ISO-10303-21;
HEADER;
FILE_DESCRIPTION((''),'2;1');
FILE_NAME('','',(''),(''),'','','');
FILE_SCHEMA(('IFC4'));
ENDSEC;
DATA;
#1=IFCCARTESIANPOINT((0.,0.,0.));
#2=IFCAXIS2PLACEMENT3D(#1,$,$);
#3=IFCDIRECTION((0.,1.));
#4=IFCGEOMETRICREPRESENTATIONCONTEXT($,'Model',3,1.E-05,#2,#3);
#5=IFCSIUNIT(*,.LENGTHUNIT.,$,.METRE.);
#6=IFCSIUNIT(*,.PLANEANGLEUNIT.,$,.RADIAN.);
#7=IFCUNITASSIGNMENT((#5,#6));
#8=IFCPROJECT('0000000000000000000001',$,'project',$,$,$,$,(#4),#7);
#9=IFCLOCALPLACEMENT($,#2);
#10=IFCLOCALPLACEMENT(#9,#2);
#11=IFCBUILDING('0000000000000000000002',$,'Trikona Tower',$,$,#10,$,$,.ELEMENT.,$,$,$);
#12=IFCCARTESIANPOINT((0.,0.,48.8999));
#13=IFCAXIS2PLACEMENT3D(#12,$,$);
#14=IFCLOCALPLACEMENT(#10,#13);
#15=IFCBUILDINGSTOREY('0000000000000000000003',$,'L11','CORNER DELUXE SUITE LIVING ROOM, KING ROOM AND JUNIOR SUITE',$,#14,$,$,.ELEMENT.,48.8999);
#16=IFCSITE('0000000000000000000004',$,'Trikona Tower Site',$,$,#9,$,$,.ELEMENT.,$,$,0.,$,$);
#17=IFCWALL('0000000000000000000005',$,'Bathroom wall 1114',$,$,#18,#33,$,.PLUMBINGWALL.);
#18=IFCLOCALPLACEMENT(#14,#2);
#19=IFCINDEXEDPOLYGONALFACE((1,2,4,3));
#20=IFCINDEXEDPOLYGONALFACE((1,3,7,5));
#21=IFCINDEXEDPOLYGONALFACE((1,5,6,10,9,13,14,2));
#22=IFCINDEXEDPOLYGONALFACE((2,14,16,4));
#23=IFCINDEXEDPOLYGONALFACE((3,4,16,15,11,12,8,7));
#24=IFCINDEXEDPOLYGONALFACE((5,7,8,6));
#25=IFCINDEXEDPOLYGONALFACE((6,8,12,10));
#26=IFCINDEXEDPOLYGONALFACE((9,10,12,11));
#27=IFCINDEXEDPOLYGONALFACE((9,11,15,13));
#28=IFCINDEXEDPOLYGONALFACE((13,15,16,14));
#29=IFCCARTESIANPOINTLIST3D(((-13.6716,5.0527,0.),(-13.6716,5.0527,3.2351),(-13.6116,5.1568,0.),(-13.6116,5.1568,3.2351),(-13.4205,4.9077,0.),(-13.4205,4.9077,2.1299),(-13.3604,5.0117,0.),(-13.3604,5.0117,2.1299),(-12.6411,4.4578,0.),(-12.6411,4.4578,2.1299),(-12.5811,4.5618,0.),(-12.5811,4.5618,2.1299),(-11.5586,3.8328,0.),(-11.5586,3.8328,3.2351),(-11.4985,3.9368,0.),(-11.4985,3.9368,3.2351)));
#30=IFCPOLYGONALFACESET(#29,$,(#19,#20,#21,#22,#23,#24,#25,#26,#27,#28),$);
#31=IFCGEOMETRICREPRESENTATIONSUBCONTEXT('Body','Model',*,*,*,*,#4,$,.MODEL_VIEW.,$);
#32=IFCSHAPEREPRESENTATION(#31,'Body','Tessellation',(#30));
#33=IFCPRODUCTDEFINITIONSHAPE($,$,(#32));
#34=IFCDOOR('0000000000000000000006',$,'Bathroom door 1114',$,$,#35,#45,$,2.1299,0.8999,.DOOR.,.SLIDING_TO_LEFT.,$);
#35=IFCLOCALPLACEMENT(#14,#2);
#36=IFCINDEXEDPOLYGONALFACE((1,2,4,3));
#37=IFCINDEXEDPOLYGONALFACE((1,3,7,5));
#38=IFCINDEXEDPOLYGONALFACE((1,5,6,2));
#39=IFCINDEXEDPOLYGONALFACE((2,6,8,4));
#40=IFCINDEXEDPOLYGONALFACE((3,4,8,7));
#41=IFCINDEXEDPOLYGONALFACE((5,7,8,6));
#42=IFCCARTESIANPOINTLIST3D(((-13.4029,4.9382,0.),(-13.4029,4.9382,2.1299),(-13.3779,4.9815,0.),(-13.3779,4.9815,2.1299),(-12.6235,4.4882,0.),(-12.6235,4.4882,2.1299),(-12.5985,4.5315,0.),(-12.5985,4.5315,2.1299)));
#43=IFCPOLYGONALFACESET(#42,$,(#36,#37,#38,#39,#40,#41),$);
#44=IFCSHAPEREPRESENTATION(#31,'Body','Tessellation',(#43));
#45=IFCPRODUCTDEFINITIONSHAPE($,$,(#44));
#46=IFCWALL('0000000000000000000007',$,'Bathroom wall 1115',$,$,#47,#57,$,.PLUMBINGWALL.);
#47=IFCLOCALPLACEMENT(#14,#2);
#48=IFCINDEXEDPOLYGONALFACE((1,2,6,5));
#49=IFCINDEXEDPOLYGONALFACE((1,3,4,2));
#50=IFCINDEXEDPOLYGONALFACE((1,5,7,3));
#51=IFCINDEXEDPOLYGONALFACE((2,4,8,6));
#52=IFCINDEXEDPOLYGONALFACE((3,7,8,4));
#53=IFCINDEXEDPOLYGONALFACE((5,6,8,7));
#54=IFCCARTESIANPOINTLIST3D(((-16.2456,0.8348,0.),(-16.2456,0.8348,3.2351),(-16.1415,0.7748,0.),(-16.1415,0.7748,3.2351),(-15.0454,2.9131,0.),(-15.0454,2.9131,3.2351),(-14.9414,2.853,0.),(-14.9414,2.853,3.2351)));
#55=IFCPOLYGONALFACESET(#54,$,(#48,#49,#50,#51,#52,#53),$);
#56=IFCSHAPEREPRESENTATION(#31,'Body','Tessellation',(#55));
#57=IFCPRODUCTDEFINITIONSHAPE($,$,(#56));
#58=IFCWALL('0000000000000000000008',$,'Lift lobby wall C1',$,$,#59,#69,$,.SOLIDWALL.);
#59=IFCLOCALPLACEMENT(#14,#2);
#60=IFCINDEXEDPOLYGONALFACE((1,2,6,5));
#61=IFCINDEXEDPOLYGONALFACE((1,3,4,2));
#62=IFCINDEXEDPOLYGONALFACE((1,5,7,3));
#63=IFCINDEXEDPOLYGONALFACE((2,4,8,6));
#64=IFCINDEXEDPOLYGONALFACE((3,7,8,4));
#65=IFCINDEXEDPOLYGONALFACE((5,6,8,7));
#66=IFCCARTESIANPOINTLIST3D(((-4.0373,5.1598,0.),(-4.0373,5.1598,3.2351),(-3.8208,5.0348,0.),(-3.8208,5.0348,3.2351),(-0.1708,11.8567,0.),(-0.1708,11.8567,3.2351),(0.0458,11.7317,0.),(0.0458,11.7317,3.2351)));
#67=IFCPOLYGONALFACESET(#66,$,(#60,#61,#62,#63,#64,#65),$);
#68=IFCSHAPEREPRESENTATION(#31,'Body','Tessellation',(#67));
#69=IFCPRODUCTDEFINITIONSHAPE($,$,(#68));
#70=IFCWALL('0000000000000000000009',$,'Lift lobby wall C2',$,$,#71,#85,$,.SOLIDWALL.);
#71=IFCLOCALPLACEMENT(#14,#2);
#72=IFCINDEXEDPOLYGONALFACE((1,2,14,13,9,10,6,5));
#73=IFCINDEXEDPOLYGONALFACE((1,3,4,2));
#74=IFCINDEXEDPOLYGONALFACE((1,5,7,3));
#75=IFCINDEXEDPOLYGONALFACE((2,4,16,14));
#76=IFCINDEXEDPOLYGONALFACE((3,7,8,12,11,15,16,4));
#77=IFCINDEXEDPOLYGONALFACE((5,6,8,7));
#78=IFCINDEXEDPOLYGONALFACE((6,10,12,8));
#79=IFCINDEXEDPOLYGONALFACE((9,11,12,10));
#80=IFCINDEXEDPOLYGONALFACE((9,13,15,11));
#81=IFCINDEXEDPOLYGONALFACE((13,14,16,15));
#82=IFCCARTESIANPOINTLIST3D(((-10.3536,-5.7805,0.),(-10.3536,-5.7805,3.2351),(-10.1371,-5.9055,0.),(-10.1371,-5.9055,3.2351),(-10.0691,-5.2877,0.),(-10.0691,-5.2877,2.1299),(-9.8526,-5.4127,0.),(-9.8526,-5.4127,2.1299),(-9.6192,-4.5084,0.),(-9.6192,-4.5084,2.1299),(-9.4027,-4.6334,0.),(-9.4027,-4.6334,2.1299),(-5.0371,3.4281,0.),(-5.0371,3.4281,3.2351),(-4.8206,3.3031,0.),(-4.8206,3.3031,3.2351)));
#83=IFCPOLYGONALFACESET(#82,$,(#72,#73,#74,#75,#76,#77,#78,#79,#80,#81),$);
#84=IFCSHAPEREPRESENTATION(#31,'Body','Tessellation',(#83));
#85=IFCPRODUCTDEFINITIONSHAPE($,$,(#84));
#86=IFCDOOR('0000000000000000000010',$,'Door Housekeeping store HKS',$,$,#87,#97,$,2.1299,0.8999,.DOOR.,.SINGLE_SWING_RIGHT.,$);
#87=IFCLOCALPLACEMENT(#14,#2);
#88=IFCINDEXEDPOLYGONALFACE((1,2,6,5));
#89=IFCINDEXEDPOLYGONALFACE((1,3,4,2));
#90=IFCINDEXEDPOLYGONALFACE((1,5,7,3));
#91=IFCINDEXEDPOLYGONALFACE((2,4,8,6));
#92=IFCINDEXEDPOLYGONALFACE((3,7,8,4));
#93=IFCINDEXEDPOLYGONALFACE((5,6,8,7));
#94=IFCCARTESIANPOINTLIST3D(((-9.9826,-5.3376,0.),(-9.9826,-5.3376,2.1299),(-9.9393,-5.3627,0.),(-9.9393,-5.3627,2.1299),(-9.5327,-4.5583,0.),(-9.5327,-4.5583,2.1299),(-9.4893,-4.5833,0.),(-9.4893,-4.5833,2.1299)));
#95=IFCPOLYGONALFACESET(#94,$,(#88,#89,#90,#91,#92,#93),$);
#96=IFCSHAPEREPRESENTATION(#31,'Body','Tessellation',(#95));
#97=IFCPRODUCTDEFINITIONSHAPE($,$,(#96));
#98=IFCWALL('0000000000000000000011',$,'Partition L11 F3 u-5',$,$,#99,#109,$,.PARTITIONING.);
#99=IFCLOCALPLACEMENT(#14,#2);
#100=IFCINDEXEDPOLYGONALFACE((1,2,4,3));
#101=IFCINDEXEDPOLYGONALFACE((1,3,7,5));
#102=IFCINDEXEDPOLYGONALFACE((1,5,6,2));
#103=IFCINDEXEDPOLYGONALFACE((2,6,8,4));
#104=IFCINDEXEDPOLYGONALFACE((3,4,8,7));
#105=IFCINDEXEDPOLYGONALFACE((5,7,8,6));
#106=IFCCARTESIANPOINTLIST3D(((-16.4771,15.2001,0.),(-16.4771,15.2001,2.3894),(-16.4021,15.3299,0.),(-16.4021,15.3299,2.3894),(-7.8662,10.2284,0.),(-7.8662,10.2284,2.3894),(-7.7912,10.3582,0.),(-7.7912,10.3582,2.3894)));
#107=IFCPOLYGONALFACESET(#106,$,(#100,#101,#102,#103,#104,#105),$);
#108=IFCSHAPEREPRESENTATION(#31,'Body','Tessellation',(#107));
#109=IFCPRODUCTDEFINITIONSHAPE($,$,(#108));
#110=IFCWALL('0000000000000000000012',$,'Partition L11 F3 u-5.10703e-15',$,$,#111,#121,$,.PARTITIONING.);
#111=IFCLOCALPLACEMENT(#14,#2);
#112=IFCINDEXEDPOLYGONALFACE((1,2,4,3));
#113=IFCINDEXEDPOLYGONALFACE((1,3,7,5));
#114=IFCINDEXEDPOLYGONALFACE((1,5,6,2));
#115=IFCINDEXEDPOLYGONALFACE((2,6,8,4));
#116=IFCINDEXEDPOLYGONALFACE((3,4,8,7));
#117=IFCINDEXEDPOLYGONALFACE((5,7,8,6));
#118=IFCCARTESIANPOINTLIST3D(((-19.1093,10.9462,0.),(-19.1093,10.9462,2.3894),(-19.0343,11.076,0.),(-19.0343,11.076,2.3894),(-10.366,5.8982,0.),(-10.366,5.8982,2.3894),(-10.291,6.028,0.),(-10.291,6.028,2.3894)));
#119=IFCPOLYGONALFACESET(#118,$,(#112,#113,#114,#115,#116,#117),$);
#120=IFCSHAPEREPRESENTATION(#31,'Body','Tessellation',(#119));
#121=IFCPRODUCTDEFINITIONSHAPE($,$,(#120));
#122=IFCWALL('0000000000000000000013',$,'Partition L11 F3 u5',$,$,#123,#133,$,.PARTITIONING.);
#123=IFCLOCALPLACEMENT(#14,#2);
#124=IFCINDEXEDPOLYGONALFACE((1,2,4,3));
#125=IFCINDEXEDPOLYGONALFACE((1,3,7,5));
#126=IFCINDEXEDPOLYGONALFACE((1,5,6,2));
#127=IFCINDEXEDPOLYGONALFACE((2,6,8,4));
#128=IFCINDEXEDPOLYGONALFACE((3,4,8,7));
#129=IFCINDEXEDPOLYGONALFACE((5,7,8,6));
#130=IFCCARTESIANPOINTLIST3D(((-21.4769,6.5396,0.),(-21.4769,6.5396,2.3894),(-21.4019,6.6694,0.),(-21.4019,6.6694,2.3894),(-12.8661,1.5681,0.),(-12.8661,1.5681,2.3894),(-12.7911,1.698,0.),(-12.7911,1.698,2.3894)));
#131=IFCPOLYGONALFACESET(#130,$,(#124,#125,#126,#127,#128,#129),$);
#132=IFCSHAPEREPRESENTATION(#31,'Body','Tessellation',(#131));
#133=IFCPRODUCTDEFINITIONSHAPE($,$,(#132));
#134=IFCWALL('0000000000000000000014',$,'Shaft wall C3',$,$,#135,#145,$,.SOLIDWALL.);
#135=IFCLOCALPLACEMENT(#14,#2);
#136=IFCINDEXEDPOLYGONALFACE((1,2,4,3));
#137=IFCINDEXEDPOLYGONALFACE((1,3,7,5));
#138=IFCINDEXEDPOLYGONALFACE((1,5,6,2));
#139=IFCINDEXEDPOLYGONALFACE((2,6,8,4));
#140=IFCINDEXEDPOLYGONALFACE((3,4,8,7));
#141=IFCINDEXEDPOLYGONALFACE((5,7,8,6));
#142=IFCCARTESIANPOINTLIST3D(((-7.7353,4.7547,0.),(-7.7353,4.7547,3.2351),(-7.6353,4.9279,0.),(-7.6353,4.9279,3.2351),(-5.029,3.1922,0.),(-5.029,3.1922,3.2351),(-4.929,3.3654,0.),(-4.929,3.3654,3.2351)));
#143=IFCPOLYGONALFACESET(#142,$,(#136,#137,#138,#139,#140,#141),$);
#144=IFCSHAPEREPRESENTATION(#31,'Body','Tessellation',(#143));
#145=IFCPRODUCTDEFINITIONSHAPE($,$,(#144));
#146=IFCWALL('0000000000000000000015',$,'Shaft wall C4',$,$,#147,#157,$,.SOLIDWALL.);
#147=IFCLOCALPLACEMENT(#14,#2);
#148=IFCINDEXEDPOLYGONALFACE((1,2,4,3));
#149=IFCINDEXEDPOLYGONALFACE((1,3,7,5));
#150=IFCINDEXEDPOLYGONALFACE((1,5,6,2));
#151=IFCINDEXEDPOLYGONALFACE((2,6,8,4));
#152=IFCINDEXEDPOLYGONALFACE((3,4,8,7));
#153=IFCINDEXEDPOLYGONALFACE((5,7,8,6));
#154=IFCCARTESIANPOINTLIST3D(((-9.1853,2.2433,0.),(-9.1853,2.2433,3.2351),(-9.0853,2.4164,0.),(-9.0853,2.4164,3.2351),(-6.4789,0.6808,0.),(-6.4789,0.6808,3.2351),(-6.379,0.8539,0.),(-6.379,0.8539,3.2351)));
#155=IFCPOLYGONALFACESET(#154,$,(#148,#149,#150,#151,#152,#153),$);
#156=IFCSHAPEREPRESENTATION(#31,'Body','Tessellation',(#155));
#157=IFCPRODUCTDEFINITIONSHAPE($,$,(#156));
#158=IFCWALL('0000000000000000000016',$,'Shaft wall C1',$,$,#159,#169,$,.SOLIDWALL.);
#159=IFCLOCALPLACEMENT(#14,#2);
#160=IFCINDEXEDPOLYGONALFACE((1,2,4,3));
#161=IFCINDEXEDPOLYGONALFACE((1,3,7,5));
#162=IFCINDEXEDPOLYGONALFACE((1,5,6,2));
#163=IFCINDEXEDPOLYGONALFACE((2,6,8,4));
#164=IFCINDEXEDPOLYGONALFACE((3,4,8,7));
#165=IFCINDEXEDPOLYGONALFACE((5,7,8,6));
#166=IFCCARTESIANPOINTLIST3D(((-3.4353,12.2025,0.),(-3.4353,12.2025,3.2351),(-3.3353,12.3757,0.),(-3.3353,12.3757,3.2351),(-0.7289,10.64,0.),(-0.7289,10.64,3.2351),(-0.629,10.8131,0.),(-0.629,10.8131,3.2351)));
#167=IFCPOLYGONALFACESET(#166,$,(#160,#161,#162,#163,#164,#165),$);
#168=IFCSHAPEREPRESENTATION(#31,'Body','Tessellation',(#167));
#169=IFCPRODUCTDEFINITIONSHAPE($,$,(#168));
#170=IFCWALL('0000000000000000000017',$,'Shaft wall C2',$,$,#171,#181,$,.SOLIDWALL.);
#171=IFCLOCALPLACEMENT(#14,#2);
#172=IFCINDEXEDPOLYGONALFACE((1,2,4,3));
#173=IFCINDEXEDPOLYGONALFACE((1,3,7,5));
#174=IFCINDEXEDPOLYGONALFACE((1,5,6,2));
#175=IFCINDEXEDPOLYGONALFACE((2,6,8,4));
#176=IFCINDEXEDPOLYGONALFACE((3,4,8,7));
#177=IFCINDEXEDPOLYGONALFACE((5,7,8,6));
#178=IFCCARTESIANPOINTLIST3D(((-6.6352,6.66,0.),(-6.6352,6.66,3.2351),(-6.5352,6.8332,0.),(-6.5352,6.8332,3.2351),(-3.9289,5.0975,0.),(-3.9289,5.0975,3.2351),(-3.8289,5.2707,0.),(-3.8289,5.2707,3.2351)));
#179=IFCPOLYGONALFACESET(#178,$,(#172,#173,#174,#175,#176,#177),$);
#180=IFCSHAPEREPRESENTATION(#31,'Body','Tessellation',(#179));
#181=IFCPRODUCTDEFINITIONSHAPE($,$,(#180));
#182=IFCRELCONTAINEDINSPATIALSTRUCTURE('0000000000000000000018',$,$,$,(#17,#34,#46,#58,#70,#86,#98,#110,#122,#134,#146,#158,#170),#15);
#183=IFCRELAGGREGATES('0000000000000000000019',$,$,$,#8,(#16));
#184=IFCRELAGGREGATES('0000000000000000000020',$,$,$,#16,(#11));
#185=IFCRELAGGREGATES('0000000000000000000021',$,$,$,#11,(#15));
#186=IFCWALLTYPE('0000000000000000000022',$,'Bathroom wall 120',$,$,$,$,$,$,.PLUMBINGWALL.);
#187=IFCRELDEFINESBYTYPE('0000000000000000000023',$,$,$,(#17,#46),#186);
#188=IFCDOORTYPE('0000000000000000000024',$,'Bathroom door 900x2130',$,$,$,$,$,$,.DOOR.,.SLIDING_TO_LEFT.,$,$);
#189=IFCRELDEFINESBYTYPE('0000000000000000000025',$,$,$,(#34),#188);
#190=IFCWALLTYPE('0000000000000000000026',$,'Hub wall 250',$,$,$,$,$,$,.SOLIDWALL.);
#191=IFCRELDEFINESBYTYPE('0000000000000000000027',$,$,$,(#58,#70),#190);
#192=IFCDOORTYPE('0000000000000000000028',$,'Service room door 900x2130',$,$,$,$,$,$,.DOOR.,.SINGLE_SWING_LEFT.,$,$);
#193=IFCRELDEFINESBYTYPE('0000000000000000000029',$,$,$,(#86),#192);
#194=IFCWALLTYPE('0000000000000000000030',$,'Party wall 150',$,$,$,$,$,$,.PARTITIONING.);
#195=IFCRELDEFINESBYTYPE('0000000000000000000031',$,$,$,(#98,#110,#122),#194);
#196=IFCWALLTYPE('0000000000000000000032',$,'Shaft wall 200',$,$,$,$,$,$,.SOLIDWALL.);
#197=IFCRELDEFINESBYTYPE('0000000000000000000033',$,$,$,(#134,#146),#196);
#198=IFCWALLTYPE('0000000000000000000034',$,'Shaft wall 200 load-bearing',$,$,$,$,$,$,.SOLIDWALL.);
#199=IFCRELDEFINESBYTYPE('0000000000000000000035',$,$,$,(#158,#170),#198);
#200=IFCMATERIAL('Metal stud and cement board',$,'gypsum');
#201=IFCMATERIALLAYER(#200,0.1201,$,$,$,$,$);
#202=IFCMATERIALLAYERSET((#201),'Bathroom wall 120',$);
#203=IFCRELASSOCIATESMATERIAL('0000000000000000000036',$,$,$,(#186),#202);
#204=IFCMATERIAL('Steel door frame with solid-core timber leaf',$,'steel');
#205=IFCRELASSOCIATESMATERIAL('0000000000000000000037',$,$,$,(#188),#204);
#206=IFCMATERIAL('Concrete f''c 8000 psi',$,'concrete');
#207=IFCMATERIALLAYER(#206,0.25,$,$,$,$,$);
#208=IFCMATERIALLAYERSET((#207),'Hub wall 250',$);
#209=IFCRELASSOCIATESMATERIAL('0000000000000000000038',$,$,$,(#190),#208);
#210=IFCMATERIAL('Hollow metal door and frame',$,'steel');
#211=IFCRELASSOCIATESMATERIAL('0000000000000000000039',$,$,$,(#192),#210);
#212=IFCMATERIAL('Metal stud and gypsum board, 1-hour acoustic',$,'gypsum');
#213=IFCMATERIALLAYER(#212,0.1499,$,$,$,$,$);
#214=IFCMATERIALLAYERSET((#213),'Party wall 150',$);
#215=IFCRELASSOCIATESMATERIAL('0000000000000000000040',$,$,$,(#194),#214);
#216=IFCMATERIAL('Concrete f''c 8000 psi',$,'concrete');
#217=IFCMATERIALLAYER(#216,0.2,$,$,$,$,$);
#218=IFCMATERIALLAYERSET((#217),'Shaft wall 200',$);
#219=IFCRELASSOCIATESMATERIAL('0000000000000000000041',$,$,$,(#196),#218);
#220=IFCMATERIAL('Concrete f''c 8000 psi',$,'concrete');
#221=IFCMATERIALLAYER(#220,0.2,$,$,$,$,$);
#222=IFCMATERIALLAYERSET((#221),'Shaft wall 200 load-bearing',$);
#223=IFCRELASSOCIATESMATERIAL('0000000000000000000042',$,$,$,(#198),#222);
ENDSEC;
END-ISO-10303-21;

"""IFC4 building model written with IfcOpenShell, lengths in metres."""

from ifc_helpers import new_model, si_unit, direction, frame, frame_2d, origin, place, context, subcontext, project, spatial, rectangle, extrude, material, layer, layer_set, type_object, element, fill, save


model = new_model("IFC4")

# Units and contexts
model_context = context("Model", 3, precision=1e-05, world=origin(), true_north=direction((0.0, 1.0)))
body_context = subcontext(model_context, "Body", "Model", "MODEL_VIEW")
ifc_project = project(units=[si_unit("LENGTHUNIT", "METRE"), si_unit("PLANEANGLEUNIT", "RADIAN")], contexts=[model_context])

# Site, building, storey
site_placement = place(None, origin())
site = spatial("IfcSite", under=ifc_project, at=site_placement, Name="Trikona Tower Site", CompositionType="ELEMENT", RefElevation=0.0)
building_placement = place(site_placement, origin())
building = spatial("IfcBuilding", under=site, at=building_placement, Name="Trikona Tower", CompositionType="ELEMENT")
storey_placement = place(building_placement, frame((0.0, 0.0, 48.8999)))
storey = spatial("IfcBuildingStorey", under=building, at=storey_placement, Name="L11", Description="CORNER DELUXE SUITE LIVING ROOM, KING ROOM AND JUNIOR SUITE", CompositionType="ELEMENT", Elevation=48.8999)

# Shared definitions
ifc_material_1 = material(Name="Metal stud and cement board", Category="gypsum")
ifc_layer_1 = layer(ifc_material_1, 0.1201)
ifc_layer_set_1 = layer_set([ifc_layer_1], Name="Bathroom wall 120")
wall_type_1 = type_object("IfcWallType", Name="Bathroom wall 120", PredefinedType="PLUMBINGWALL", material=ifc_layer_set_1)
ifc_material_2 = material(Name="Steel door frame with solid-core timber leaf", Category="steel")
door_type_1 = type_object("IfcDoorType", Name="Bathroom door 900x2130", OperationType="SLIDING_TO_LEFT", PredefinedType="DOOR", material=ifc_material_2)

# Wall, opening, door
wall_1_placement = place(storey_placement, frame((-11.5286, 3.8848, 0.0), z_axis=(0.0, 0.0, 1.0), x_axis=(-0.866024, 0.500003, 0.0)))
wall_1 = element("IfcWall", 1, at=wall_1_placement, inside=storey, type_object=wall_type_1, Name="Bathroom wall 1114", PredefinedType="PLUMBINGWALL", context=body_context, shape_type="SweptSolid", body=[
    extrude(rectangle(XDim=2.4399, YDim=0.1201, at=frame_2d((1.22, 0.0))), origin(), (0.0, 0.0, 1.0), 3.2351),
])
opening_1_placement = place(wall_1_placement, frame((1.25, 0.0, 0.0)))
opening_1 = element("IfcOpeningElement", 2, at=opening_1_placement, cuts=wall_1, PredefinedType="OPENING", context=body_context, shape_type="SweptSolid", body=[
    extrude(rectangle(XDim=0.8999, YDim=2.1299, at=frame_2d((0.45, 1.0649))), frame((0.0, 0.0701, 0.0), z_axis=(0.0, -1.0, 0.0), x_axis=(1.0, 0.0, 0.0)), (0.0, 0.0, 1.0), 0.1401),
])
door_1_placement = place(opening_1_placement, origin())
door_1 = element("IfcDoor", 3, at=door_1_placement, inside=storey, type_object=door_type_1, Name="Bathroom door 1114", OperationType="SLIDING_TO_LEFT", OverallHeight=2.1299, OverallWidth=0.8999, PredefinedType="DOOR", context=body_context, shape_type="SweptSolid", body=[
    extrude(rectangle(XDim=0.8999, YDim=2.1299, at=frame_2d((0.45, 1.0649))), frame((0.0, 0.0249, 0.0), z_axis=(0.0, -1.0, 0.0), x_axis=(1.0, 0.0, 0.0)), (0.0, 0.0, 1.0), 0.05),
])
fill(opening_1, door_1)

# Walls
wall_2_placement = place(storey_placement, frame((-14.9934, 2.8831, 0.0), z_axis=(0.0, 0.0, 1.0), x_axis=(-0.500078, -0.865981, 0.0)))
element("IfcWall", 4, at=wall_2_placement, inside=storey, type_object=wall_type_1, Name="Bathroom wall 1115", PredefinedType="PLUMBINGWALL", context=body_context, shape_type="SweptSolid", body=[
    extrude(rectangle(XDim=2.3999, YDim=0.1201, at=frame_2d((1.2, 0.0))), origin(), (0.0, 0.0, 1.0), 3.2351),
])
ifc_material_3 = material(Name="Concrete f'c 8000 psi", Category="concrete")
ifc_layer_2 = layer(ifc_material_3, 0.25)
ifc_layer_set_2 = layer_set([ifc_layer_2], Name="Hub wall 250")
wall_type_2 = type_object("IfcWallType", Name="Hub wall 250", PredefinedType="SOLIDWALL", material=ifc_layer_set_2)
wall_3_placement = place(storey_placement, frame((-0.0625, 11.7942, 0.0), z_axis=(0.0, 0.0, 1.0), x_axis=(-0.500007, -0.866022, 0.0)))
element("IfcWall", 5, at=wall_3_placement, inside=storey, type_object=wall_type_2, Name="Lift lobby wall C1", PredefinedType="SOLIDWALL", context=body_context, shape_type="SweptSolid", body=[
    extrude(rectangle(XDim=7.7329, YDim=0.25, at=frame_2d((3.8665, 0.0))), origin(), (0.0, 0.0, 1.0), 3.2351),
])

# Wall, opening, door
wall_4_placement = place(storey_placement, frame((-4.929, 3.3655, 0.0), z_axis=(0.0, 0.0, 1.0), x_axis=(-0.499991, -0.86603, 0.0)))
wall_4 = element("IfcWall", 6, at=wall_4_placement, inside=storey, type_object=wall_type_2, Name="Lift lobby wall C2", PredefinedType="SOLIDWALL", context=body_context, shape_type="SweptSolid", body=[
    extrude(rectangle(XDim=10.6331, YDim=0.25, at=frame_2d((5.3164, 0.0))), origin(), (0.0, 0.0, 1.0), 3.2351),
])
opening_2_placement = place(wall_4_placement, frame((9.1641, 0.0, 0.0)))
opening_2 = element("IfcOpeningElement", 7, at=opening_2_placement, cuts=wall_4, PredefinedType="OPENING", context=body_context, shape_type="SweptSolid", body=[
    extrude(rectangle(XDim=0.8999, YDim=2.1299, at=frame_2d((0.45, 1.0649))), frame((0.0, 0.135, 0.0), z_axis=(0.0, -1.0, 0.0), x_axis=(1.0, 0.0, 0.0)), (0.0, 0.0, 1.0), 0.27),
])
ifc_material_4 = material(Name="Hollow metal door and frame", Category="steel")
door_type_2 = type_object("IfcDoorType", Name="Service room door 900x2130", OperationType="SINGLE_SWING_LEFT", PredefinedType="DOOR", material=ifc_material_4)
door_2_placement = place(opening_2_placement, origin())
door_2 = element("IfcDoor", 8, at=door_2_placement, inside=storey, type_object=door_type_2, Name="Door Housekeeping store HKS", OperationType="SINGLE_SWING_RIGHT", OverallHeight=2.1299, OverallWidth=0.8999, PredefinedType="DOOR", context=body_context, shape_type="SweptSolid", body=[
    extrude(rectangle(XDim=0.8999, YDim=2.1299, at=frame_2d((0.45, 1.0649))), frame((0.0, 0.0249, 0.0), z_axis=(0.0, -1.0, 0.0), x_axis=(1.0, 0.0, 0.0)), (0.0, 0.0, 1.0), 0.05),
])
fill(opening_2, door_2)

# Walls
ifc_material_5 = material(Name="Metal stud and gypsum board, 1-hour acoustic", Category="gypsum")
ifc_layer_3 = layer(ifc_material_5, 0.1499)
ifc_layer_set_3 = layer_set([ifc_layer_3], Name="Party wall 150")
wall_type_3 = type_object("IfcWallType", Name="Party wall 150", PredefinedType="PARTITIONING", material=ifc_layer_set_3)
wall_5_placement = place(storey_placement, frame((-7.8286, 10.2932, 0.0), z_axis=(0.0, 0.0, 1.0), x_axis=(-0.866016, 0.500016, 0.0)))
element("IfcWall", 9, at=wall_5_placement, inside=storey, type_object=wall_type_3, Name="Partition L11 F3 u-5", PredefinedType="PARTITIONING", context=body_context, shape_type="SweptSolid", body=[
    extrude(rectangle(XDim=9.9431, YDim=0.1499, at=frame_2d((4.9717, 0.0))), origin(), (0.0, 0.0, 1.0), 2.3894),
])
wall_6_placement = place(storey_placement, frame((-10.3286, 5.9631, 0.0), z_axis=(0.0, 0.0, 1.0), x_axis=(-0.866022, 0.500006, 0.0)))
element("IfcWall", 10, at=wall_6_placement, inside=storey, type_object=wall_type_3, Name="Partition L11 F3 u-5.10703e-15", PredefinedType="PARTITIONING", context=body_context, shape_type="SweptSolid", body=[
    extrude(rectangle(XDim=10.0959, YDim=0.1499, at=frame_2d((5.0479, 0.0))), origin(), (0.0, 0.0, 1.0), 2.3894),
])
wall_7_placement = place(storey_placement, frame((-12.8286, 1.6331, 0.0), z_axis=(0.0, 0.0, 1.0), x_axis=(-0.866027, 0.499997, 0.0)))
element("IfcWall", 11, at=wall_7_placement, inside=storey, type_object=wall_type_3, Name="Partition L11 F3 u5", PredefinedType="PARTITIONING", context=body_context, shape_type="SweptSolid", body=[
    extrude(rectangle(XDim=9.9429, YDim=0.1499, at=frame_2d((4.9714, 0.0))), origin(), (0.0, 0.0, 1.0), 2.3894),
])
ifc_material_6 = material(Name="Concrete f'c 8000 psi", Category="concrete")
ifc_layer_4 = layer(ifc_material_6, 0.2)
ifc_layer_set_4 = layer_set([ifc_layer_4], Name="Shaft wall 200")
wall_type_4 = type_object("IfcWallType", Name="Shaft wall 200", PredefinedType="SOLIDWALL", material=ifc_layer_set_4)
for number, where, z_axis, x_axis, name in (
    (12, (-4.979, 3.2788, 0.0), (0.0, 0.0, 1.0), (-0.866023, 0.500004, 0.0), "Shaft wall C3"),
    (13, (-6.429, 0.7673, 0.0), (0.0, 0.0, 1.0), (-0.866023, 0.500004, 0.0), "Shaft wall C4"),
):
    element("IfcWall", number, at=place(storey_placement, frame(where, z_axis=z_axis, x_axis=x_axis)), inside=storey, type_object=wall_type_4, Name=name, PredefinedType="SOLIDWALL", context=body_context, shape_type="SweptSolid", body=[
        extrude(rectangle(XDim=3.125, YDim=0.2, at=frame_2d((1.5625, 0.0))), origin(), (0.0, 0.0, 1.0), 3.2351),
    ])
ifc_material_7 = material(Name="Concrete f'c 8000 psi", Category="concrete")
ifc_layer_5 = layer(ifc_material_7, 0.2)
ifc_layer_set_5 = layer_set([ifc_layer_5], Name="Shaft wall 200 load-bearing")
wall_type_5 = type_object("IfcWallType", Name="Shaft wall 200 load-bearing", PredefinedType="SOLIDWALL", material=ifc_layer_set_5)
for number, where, z_axis, x_axis, name in (
    (14, (-0.679, 10.7266, 0.0), (0.0, 0.0, 1.0), (-0.866023, 0.500004, 0.0), "Shaft wall C1"),
    (15, (-3.8789, 5.1841, 0.0), (0.0, 0.0, 1.0), (-0.866023, 0.500004, 0.0), "Shaft wall C2"),
):
    element("IfcWall", number, at=place(storey_placement, frame(where, z_axis=z_axis, x_axis=x_axis)), inside=storey, type_object=wall_type_5, Name=name, PredefinedType="SOLIDWALL", context=body_context, shape_type="SweptSolid", body=[
        extrude(rectangle(XDim=3.125, YDim=0.2, at=frame_2d((1.5625, 0.0))), origin(), (0.0, 0.0, 1.0), 3.2351),
    ])

save(model, "model.ifc")
